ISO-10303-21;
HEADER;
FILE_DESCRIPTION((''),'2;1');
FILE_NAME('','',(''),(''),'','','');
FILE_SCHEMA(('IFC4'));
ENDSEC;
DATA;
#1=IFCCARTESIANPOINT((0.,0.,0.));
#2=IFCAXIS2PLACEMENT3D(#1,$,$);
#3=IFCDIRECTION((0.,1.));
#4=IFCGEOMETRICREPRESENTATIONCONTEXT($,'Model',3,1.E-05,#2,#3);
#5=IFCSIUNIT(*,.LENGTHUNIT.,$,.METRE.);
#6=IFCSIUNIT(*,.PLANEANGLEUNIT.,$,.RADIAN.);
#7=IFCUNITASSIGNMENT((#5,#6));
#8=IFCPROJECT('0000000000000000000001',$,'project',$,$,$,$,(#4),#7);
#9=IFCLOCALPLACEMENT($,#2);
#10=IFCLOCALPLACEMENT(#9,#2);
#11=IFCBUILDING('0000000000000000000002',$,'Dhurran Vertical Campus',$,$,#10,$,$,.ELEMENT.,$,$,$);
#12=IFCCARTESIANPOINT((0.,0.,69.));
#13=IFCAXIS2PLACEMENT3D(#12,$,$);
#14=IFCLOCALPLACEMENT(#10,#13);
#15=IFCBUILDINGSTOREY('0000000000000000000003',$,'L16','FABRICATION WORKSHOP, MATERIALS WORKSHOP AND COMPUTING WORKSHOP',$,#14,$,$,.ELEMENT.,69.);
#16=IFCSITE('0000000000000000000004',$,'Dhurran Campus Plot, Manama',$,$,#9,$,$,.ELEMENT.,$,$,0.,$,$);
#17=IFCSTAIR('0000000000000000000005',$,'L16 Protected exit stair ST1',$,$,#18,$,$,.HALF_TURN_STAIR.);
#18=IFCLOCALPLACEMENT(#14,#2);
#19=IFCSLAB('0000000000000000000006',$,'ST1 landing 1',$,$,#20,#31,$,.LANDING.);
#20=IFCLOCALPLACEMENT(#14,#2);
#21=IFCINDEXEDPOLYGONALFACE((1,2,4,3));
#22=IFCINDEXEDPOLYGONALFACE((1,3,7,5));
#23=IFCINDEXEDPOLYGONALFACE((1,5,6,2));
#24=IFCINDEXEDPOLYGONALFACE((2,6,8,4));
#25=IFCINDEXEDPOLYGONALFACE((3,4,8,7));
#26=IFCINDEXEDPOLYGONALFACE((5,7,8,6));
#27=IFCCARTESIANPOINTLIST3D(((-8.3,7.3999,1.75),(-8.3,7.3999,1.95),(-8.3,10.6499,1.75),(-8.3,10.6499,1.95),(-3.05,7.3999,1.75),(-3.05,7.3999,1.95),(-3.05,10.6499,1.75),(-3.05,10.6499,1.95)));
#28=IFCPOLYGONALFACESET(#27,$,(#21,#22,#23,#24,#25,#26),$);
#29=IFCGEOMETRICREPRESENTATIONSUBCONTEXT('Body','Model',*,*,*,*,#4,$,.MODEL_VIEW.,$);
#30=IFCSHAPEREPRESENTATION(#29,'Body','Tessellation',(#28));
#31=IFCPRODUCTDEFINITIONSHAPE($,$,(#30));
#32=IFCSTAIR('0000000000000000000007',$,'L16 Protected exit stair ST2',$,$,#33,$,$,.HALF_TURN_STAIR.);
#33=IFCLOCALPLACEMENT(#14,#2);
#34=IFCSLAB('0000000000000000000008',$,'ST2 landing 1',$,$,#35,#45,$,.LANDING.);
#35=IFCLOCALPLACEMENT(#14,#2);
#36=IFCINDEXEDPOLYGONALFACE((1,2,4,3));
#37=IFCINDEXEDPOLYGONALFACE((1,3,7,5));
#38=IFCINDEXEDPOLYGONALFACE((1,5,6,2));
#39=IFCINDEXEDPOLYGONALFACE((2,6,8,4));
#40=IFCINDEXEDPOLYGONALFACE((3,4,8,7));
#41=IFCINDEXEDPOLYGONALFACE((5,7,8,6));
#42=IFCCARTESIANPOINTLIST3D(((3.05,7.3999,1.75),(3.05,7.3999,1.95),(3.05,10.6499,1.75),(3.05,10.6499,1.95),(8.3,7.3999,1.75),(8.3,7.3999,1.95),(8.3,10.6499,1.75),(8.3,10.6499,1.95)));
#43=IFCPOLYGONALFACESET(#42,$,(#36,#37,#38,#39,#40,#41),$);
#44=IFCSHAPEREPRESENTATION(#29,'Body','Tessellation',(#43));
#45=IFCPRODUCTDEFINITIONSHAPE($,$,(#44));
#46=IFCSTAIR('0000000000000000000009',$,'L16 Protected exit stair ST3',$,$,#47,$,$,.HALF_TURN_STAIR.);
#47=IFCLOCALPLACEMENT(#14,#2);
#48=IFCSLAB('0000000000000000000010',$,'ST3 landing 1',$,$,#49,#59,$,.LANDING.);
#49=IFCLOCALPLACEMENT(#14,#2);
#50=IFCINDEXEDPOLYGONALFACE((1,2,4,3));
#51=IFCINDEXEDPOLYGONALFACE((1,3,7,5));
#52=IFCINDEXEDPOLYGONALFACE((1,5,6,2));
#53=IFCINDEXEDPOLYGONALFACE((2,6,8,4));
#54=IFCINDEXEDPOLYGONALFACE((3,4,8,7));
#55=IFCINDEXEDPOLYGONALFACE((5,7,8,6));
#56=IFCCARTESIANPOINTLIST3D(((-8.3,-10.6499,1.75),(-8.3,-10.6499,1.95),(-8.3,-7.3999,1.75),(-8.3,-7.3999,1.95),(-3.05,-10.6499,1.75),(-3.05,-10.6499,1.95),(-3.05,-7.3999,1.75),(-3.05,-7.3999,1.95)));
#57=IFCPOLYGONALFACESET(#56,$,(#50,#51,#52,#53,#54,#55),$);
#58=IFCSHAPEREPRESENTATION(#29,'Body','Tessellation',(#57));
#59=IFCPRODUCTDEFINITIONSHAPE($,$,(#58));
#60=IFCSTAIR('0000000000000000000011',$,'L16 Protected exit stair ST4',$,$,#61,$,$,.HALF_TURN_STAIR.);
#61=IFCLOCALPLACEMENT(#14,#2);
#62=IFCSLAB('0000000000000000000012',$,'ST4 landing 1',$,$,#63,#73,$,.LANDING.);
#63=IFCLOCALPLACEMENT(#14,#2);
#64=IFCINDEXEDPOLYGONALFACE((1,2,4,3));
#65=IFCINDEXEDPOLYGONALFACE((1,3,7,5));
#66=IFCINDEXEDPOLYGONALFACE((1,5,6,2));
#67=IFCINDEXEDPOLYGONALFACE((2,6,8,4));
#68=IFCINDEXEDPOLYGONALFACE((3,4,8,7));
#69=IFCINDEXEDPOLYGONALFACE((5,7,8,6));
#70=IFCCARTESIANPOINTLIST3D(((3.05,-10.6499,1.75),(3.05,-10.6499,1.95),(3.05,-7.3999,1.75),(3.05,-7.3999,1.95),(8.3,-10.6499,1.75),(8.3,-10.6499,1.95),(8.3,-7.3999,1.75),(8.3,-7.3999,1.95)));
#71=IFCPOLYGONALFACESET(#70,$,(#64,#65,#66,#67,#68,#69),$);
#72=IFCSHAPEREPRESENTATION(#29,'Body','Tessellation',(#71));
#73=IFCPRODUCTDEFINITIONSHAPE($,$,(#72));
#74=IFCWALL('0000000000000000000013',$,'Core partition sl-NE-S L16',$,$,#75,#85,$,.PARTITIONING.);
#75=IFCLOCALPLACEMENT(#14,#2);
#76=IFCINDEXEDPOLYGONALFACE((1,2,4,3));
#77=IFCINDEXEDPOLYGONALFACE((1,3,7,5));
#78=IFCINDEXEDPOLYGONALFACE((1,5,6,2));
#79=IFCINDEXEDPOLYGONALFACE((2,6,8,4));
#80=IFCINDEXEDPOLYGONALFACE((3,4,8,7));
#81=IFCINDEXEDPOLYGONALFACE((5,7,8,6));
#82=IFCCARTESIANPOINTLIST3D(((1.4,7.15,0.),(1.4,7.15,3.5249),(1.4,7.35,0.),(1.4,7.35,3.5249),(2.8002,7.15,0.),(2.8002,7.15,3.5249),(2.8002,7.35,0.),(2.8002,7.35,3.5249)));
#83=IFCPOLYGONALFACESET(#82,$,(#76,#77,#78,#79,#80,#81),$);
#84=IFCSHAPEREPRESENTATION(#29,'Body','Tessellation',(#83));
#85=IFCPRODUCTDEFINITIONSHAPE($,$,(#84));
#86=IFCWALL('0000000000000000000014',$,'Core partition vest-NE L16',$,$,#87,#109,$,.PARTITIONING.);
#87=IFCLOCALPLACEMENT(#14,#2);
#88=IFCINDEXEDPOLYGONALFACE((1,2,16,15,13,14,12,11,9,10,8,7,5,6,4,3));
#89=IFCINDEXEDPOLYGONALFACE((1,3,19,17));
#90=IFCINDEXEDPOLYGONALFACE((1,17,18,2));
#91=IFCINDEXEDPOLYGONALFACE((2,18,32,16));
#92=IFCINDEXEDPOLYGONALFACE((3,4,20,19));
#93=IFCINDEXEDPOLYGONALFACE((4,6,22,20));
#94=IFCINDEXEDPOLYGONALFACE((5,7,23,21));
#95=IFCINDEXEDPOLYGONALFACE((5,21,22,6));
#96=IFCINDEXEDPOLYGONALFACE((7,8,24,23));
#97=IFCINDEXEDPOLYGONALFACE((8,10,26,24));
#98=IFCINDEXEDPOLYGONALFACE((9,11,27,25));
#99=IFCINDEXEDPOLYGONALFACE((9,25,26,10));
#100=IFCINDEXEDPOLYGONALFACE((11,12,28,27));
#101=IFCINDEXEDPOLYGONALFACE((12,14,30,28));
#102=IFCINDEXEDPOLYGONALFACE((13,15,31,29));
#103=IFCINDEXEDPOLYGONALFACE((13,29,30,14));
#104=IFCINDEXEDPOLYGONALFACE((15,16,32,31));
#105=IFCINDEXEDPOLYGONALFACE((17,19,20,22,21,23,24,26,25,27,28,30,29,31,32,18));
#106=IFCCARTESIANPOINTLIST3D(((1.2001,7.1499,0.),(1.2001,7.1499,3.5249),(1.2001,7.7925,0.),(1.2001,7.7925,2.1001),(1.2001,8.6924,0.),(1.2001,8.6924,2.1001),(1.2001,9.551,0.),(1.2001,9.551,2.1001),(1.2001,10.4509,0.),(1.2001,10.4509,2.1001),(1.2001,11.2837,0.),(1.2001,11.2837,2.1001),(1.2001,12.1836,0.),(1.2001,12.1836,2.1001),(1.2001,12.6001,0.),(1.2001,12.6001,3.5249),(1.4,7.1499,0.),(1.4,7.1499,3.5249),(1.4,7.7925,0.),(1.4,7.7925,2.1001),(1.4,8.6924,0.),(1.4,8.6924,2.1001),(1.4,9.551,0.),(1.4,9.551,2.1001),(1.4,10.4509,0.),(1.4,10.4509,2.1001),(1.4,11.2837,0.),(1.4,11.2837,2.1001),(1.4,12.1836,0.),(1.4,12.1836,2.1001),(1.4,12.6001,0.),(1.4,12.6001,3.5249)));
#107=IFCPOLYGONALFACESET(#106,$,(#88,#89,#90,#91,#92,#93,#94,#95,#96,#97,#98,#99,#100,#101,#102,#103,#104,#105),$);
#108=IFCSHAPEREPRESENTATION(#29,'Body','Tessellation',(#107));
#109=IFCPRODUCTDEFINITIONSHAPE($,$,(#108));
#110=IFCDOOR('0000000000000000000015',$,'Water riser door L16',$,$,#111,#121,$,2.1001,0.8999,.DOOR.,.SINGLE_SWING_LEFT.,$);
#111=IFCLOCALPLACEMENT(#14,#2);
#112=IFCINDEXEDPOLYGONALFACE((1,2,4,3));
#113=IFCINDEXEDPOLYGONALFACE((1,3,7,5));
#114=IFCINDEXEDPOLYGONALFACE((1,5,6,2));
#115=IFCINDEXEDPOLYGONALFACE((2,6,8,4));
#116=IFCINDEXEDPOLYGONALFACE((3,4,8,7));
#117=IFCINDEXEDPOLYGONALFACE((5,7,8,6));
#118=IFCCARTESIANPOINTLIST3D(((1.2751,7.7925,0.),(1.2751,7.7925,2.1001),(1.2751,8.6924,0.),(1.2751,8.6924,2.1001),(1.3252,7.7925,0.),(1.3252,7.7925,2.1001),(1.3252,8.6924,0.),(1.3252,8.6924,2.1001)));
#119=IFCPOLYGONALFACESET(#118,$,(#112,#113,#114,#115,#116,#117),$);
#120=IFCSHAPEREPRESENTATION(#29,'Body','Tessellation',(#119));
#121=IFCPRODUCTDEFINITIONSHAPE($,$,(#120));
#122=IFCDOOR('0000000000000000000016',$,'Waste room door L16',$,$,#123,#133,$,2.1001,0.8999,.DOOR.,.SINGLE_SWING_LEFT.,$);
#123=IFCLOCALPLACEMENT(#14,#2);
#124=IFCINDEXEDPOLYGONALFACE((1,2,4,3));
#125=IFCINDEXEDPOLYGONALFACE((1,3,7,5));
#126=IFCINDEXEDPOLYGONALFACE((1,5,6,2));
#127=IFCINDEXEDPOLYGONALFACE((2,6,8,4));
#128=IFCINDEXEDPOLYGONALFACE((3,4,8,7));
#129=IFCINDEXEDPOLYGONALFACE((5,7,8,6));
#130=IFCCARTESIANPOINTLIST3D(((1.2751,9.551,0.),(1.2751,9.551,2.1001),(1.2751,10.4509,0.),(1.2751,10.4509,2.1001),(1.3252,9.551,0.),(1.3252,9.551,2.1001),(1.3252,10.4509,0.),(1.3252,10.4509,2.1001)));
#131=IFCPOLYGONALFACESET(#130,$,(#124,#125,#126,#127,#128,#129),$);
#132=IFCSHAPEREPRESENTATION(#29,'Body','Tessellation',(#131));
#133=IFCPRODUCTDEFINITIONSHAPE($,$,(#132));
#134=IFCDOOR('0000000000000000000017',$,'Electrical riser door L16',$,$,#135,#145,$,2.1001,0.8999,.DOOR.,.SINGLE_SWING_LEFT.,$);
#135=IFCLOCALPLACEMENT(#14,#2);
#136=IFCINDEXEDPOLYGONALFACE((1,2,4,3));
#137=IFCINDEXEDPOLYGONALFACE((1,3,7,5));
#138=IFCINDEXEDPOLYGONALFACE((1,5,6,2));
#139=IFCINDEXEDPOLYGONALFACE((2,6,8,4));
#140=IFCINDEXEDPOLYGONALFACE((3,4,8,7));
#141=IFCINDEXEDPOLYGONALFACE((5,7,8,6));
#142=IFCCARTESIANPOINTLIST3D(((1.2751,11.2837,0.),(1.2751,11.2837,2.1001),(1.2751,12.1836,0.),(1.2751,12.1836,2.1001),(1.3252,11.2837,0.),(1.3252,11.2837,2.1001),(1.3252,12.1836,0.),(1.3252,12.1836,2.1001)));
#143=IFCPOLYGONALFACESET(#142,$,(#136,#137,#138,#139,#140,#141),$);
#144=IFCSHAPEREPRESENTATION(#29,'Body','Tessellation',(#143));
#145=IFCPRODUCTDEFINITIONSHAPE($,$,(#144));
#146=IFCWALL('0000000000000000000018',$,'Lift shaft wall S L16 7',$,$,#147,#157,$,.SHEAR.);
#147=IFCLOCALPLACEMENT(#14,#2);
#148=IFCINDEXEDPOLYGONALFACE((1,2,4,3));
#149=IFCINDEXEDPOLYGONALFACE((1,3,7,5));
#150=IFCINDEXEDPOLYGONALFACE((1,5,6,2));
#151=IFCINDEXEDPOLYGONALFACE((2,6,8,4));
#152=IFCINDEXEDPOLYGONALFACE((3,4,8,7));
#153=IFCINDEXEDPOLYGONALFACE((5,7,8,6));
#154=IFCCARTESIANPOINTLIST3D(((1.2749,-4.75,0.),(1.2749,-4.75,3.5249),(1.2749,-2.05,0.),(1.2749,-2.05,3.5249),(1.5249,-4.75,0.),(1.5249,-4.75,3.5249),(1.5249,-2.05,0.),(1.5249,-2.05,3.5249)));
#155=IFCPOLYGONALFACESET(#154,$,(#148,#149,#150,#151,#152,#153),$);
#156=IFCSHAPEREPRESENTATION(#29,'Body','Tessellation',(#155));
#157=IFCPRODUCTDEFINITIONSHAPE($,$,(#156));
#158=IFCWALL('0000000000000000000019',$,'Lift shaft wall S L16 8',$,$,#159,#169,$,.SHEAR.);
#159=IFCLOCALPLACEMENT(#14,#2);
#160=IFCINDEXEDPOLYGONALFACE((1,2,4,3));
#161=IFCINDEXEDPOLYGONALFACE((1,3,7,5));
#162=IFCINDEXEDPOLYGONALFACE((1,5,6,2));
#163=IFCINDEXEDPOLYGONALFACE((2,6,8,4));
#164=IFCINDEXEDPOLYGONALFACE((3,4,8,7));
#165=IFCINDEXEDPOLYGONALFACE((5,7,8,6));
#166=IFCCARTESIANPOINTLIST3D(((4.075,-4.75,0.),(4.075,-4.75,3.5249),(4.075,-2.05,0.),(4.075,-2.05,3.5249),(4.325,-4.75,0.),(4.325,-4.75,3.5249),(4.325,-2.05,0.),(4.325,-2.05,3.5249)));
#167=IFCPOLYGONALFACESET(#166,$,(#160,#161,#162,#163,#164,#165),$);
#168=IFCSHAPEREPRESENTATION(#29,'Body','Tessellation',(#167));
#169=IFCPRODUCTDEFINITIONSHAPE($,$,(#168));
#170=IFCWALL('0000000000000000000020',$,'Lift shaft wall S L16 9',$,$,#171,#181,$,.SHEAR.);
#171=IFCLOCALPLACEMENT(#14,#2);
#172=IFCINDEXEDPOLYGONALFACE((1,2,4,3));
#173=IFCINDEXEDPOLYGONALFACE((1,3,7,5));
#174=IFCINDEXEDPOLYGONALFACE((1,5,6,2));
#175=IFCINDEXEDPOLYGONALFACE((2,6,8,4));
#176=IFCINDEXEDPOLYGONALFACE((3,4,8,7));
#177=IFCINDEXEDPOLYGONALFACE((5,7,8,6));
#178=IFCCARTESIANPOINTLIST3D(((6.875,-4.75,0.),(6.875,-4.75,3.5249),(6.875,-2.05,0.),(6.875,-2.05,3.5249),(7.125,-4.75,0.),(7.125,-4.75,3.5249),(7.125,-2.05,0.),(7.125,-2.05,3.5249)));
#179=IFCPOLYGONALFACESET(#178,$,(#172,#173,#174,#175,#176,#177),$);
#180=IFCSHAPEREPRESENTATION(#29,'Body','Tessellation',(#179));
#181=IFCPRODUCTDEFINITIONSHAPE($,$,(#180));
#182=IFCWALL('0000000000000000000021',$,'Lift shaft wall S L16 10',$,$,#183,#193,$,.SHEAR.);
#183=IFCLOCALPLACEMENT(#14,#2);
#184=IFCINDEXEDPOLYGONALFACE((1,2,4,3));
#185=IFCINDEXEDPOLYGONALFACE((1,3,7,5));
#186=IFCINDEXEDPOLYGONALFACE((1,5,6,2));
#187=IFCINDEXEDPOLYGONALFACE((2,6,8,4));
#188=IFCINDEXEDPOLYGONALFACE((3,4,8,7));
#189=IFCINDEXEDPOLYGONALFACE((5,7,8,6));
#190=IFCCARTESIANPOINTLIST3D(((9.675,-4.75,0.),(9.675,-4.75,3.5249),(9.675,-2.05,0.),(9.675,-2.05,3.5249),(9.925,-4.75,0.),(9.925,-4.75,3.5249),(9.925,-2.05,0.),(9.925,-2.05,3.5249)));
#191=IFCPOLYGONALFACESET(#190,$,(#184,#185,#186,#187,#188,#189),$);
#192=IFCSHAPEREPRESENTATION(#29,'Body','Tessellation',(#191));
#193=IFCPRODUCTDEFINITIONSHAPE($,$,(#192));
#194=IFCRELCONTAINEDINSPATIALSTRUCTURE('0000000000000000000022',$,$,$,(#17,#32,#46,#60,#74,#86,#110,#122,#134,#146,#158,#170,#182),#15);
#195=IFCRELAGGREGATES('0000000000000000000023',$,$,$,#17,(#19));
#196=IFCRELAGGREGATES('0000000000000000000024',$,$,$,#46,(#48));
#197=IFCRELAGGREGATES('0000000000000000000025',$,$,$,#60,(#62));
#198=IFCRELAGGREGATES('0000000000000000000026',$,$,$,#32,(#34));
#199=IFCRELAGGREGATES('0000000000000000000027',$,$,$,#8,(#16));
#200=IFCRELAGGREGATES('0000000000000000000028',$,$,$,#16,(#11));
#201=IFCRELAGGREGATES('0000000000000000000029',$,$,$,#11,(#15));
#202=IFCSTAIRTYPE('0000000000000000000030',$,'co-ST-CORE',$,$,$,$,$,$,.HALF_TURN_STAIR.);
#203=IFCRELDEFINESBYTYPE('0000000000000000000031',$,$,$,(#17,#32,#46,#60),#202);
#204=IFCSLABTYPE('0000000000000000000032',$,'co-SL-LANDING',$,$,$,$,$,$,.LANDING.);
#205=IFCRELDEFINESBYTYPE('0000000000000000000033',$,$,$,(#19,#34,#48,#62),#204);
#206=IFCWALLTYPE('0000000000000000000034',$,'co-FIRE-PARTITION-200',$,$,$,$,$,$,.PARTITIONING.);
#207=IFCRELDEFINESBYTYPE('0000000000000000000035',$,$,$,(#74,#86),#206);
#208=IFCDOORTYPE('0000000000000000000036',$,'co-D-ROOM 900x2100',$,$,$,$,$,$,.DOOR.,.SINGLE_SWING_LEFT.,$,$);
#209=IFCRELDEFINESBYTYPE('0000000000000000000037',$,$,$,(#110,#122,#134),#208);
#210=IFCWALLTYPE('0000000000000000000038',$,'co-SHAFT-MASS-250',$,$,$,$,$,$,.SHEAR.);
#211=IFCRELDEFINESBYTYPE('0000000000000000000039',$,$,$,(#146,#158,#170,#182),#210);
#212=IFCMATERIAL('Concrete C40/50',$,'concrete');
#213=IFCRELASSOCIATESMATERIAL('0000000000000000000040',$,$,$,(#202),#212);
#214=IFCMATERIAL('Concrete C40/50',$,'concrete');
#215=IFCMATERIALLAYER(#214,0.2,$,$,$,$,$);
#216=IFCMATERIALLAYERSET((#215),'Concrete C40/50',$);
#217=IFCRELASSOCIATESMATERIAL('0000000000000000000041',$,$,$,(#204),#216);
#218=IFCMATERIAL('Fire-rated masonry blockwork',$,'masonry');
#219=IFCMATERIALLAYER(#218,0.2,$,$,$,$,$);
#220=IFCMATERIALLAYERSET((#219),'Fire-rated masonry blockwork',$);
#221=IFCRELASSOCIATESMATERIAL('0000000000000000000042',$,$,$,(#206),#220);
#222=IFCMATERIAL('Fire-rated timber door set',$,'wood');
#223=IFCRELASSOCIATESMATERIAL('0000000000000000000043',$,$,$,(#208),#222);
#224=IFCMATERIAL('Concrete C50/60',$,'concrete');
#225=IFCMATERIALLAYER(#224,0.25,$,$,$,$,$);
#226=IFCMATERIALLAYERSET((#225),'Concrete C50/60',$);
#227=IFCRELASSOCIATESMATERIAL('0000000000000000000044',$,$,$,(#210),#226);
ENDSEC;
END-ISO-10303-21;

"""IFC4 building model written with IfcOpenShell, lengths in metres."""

from ifc_helpers import new_model, si_unit, direction, frame, frame_2d, origin, place, context, subcontext, project, spatial, polyline, rectangle, outline, extrude, material, layer, layer_set, type_object, element, fill, aggregate, save


model = new_model("IFC4")

# Units and contexts
model_context = context("Model", 3, precision=1e-05, world=origin(), true_north=direction((0.0, 1.0)))
body_context = subcontext(model_context, "Body", "Model", "MODEL_VIEW")
ifc_project = project(units=[si_unit("LENGTHUNIT", "METRE"), si_unit("PLANEANGLEUNIT", "RADIAN")], contexts=[model_context])

# Site, building, storey
site_placement = place(None, origin())
site = spatial("IfcSite", under=ifc_project, at=site_placement, Name="Dhurran Campus Plot, Manama", CompositionType="ELEMENT", RefElevation=0.0)
building_placement = place(site_placement, origin())
building = spatial("IfcBuilding", under=site, at=building_placement, Name="Dhurran Vertical Campus", CompositionType="ELEMENT")
storey_placement = place(building_placement, frame((0.0, 0.0, 69.0)))
storey = spatial("IfcBuildingStorey", under=building, at=storey_placement, Name="L16", Description="FABRICATION WORKSHOP, MATERIALS WORKSHOP AND COMPUTING WORKSHOP", CompositionType="ELEMENT", Elevation=69.0)

# Stairs, slabs
ifc_material_1 = material(Name="Concrete C40/50", Category="concrete")
stair_type = type_object("IfcStairType", Name="co-ST-CORE", PredefinedType="HALF_TURN_STAIR", material=ifc_material_1)
stair_1_placement = place(storey_placement, origin())
stair_1 = element("IfcStair", 1, at=stair_1_placement, inside=storey, type_object=stair_type, Name="L16 Protected exit stair ST1", PredefinedType="HALF_TURN_STAIR")
ifc_material_2 = material(Name="Concrete C40/50", Category="concrete")
ifc_layer_1 = layer(ifc_material_2, 0.2)
ifc_layer_set_1 = layer_set([ifc_layer_1], Name="Concrete C40/50")
slab_type = type_object("IfcSlabType", Name="co-SL-LANDING", PredefinedType="LANDING", material=ifc_layer_set_1)
slab_1_placement = place(storey_placement, frame((0.0, 0.0, 1.75)))
slab_1 = element("IfcSlab", 2, at=slab_1_placement, type_object=slab_type, Name="ST1 landing 1", PredefinedType="LANDING", context=body_context, shape_type="SweptSolid", body=[
    extrude(outline(polyline([(-8.3, 7.3999), (-3.05, 7.3999), (-3.05, 10.6499), (-8.3, 10.6499), (-8.3, 7.3999)])), origin(), (0.0, 0.0, 1.0), 0.2),
])
aggregate(stair_1, [slab_1])
stair_2_placement = place(storey_placement, origin())
stair_2 = element("IfcStair", 3, at=stair_2_placement, inside=storey, type_object=stair_type, Name="L16 Protected exit stair ST2", PredefinedType="HALF_TURN_STAIR")
slab_2_placement = place(storey_placement, frame((0.0, 0.0, 1.75)))
slab_2 = element("IfcSlab", 4, at=slab_2_placement, type_object=slab_type, Name="ST2 landing 1", PredefinedType="LANDING", context=body_context, shape_type="SweptSolid", body=[
    extrude(outline(polyline([(8.3, 10.6499), (3.05, 10.6499), (3.05, 7.3999), (8.3, 7.3999), (8.3, 10.6499)])), origin(), (0.0, 0.0, 1.0), 0.2),
])
stair_3_placement = place(storey_placement, origin())
stair_3 = element("IfcStair", 5, at=stair_3_placement, inside=storey, type_object=stair_type, Name="L16 Protected exit stair ST3", PredefinedType="HALF_TURN_STAIR")
slab_3_placement = place(storey_placement, frame((0.0, 0.0, 1.75)))
slab_3 = element("IfcSlab", 6, at=slab_3_placement, type_object=slab_type, Name="ST3 landing 1", PredefinedType="LANDING", context=body_context, shape_type="SweptSolid", body=[
    extrude(outline(polyline([(-8.3, -10.6499), (-3.05, -10.6499), (-3.05, -7.3999), (-8.3, -7.3999), (-8.3, -10.6499)])), origin(), (0.0, 0.0, 1.0), 0.2),
])
aggregate(stair_3, [slab_3])
stair_4_placement = place(storey_placement, origin())
stair_4 = element("IfcStair", 7, at=stair_4_placement, inside=storey, type_object=stair_type, Name="L16 Protected exit stair ST4", PredefinedType="HALF_TURN_STAIR")
slab_4_placement = place(storey_placement, frame((0.0, 0.0, 1.75)))
slab_4 = element("IfcSlab", 8, at=slab_4_placement, type_object=slab_type, Name="ST4 landing 1", PredefinedType="LANDING", context=body_context, shape_type="SweptSolid", body=[
    extrude(outline(polyline([(8.3, -7.3999), (3.05, -7.3999), (3.05, -10.6499), (8.3, -10.6499), (8.3, -7.3999)])), origin(), (0.0, 0.0, 1.0), 0.2),
])
aggregate(stair_4, [slab_4])

# Wall
ifc_material_3 = material(Name="Fire-rated masonry blockwork", Category="masonry")
ifc_layer_2 = layer(ifc_material_3, 0.2)
ifc_layer_set_2 = layer_set([ifc_layer_2], Name="Fire-rated masonry blockwork")
wall_type_1 = type_object("IfcWallType", Name="co-FIRE-PARTITION-200", PredefinedType="PARTITIONING", material=ifc_layer_set_2)
wall_1_placement = place(storey_placement, frame((1.3999, 7.25, 0.0), z_axis=(0.0, 0.0, 1.0), x_axis=(1.0, 0.0, 0.0)))
element("IfcWall", 9, at=wall_1_placement, inside=storey, type_object=wall_type_1, Name="Core partition sl-NE-S L16", PredefinedType="PARTITIONING", context=body_context, shape_type="SweptSolid", body=[
    extrude(rectangle(XDim=1.4001, YDim=0.2, at=frame_2d((0.7002, 0.0))), origin(), (0.0, 0.0, 1.0), 3.5249),
])

# Wall, openings, doors
wall_2_placement = place(storey_placement, frame((1.3, 7.1499, 0.0), z_axis=(0.0, 0.0, 1.0), x_axis=(0.0, 1.0, 0.0)))
wall_2 = element("IfcWall", 10, at=wall_2_placement, inside=storey, type_object=wall_type_1, Name="Core partition vest-NE L16", PredefinedType="PARTITIONING", context=body_context, shape_type="SweptSolid", body=[
    extrude(rectangle(XDim=5.4502, YDim=0.2, at=frame_2d((2.7251, 0.0))), origin(), (0.0, 0.0, 1.0), 3.5249),
])
opening_1_placement = place(wall_2_placement, frame((0.6426, 0.0, 0.0)))
opening_1 = element("IfcOpeningElement", 11, at=opening_1_placement, cuts=wall_2, PredefinedType="OPENING", context=body_context, shape_type="SweptSolid", body=[
    extrude(rectangle(XDim=0.8999, YDim=2.1001, at=frame_2d((0.45, 1.05))), frame((0.0, 0.1099, 0.0), z_axis=(0.0, -1.0, 0.0), x_axis=(1.0, 0.0, 0.0)), (0.0, 0.0, 1.0), 0.22),
])
opening_2_placement = place(wall_2_placement, frame((2.4011, 0.0, 0.0)))
opening_2 = element("IfcOpeningElement", 12, at=opening_2_placement, cuts=wall_2, PredefinedType="OPENING", context=body_context, shape_type="SweptSolid", body=[
    extrude(rectangle(XDim=0.8999, YDim=2.1001, at=frame_2d((0.45, 1.05))), frame((0.0, 0.1099, 0.0), z_axis=(0.0, -1.0, 0.0), x_axis=(1.0, 0.0, 0.0)), (0.0, 0.0, 1.0), 0.22),
])
opening_3_placement = place(wall_2_placement, frame((4.1338, 0.0, 0.0)))
opening_3 = element("IfcOpeningElement", 13, at=opening_3_placement, cuts=wall_2, PredefinedType="OPENING", context=body_context, shape_type="SweptSolid", body=[
    extrude(rectangle(XDim=0.8999, YDim=2.1001, at=frame_2d((0.45, 1.05))), frame((0.0, 0.1099, 0.0), z_axis=(0.0, -1.0, 0.0), x_axis=(1.0, 0.0, 0.0)), (0.0, 0.0, 1.0), 0.22),
])
ifc_material_4 = material(Name="Fire-rated timber door set", Category="wood")
door_type_1 = type_object("IfcDoorType", Name="co-D-ROOM 900x2100", OperationType="SINGLE_SWING_LEFT", PredefinedType="DOOR", material=ifc_material_4)
door_1_placement = place(opening_1_placement, origin())
door_1 = element("IfcDoor", 14, at=door_1_placement, inside=storey, type_object=door_type_1, Name="Water riser door L16", OperationType="SINGLE_SWING_LEFT", OverallHeight=2.1001, OverallWidth=0.8999, PredefinedType="DOOR", context=body_context, shape_type="SweptSolid", body=[
    extrude(rectangle(XDim=0.8999, YDim=2.1001, at=frame_2d((0.45, 1.05))), frame((0.0, 0.0249, 0.0), z_axis=(0.0, -1.0, 0.0), x_axis=(1.0, 0.0, 0.0)), (0.0, 0.0, 1.0), 0.05),
])
fill(opening_1, door_1)
door_2_placement = place(opening_2_placement, origin())
door_2 = element("IfcDoor", 15, at=door_2_placement, inside=storey, type_object=door_type_1, Name="Waste room door L16", OperationType="SINGLE_SWING_LEFT", OverallHeight=2.1001, OverallWidth=0.8999, PredefinedType="DOOR", context=body_context, shape_type="SweptSolid", body=[
    extrude(rectangle(XDim=0.8999, YDim=2.1001, at=frame_2d((0.45, 1.05))), frame((0.0, 0.0249, 0.0), z_axis=(0.0, -1.0, 0.0), x_axis=(1.0, 0.0, 0.0)), (0.0, 0.0, 1.0), 0.05),
])
fill(opening_2, door_2)
door_3_placement = place(opening_3_placement, origin())
door_3 = element("IfcDoor", 16, at=door_3_placement, inside=storey, type_object=door_type_1, Name="Electrical riser door L16", OperationType="SINGLE_SWING_LEFT", OverallHeight=2.1001, OverallWidth=0.8999, PredefinedType="DOOR", context=body_context, shape_type="SweptSolid", body=[
    extrude(rectangle(XDim=0.8999, YDim=2.1001, at=frame_2d((0.45, 1.05))), frame((0.0, 0.0249, 0.0), z_axis=(0.0, -1.0, 0.0), x_axis=(1.0, 0.0, 0.0)), (0.0, 0.0, 1.0), 0.05),
])
fill(opening_3, door_3)

# Walls
ifc_material_5 = material(Name="Concrete C50/60", Category="concrete")
ifc_layer_3 = layer(ifc_material_5, 0.25)
ifc_layer_set_3 = layer_set([ifc_layer_3], Name="Concrete C50/60")
wall_type_2 = type_object("IfcWallType", Name="co-SHAFT-MASS-250", PredefinedType="SHEAR", material=ifc_layer_set_3)
wall_3_placement = place(storey_placement, origin())
element("IfcWall", 17, at=wall_3_placement, inside=storey, type_object=wall_type_2, Name="Lift shaft wall S L16 7", PredefinedType="SHEAR", context=body_context, shape_type="SweptSolid", body=[
    extrude(outline(polyline([(1.2749, -4.75), (1.5249, -4.75), (1.5249, -2.05), (1.2749, -2.05), (1.2749, -4.75)])), origin(), (0.0, 0.0, 1.0), 3.5249),
])
wall_4_placement = place(storey_placement, origin())
element("IfcWall", 18, at=wall_4_placement, inside=storey, type_object=wall_type_2, Name="Lift shaft wall S L16 8", PredefinedType="SHEAR", context=body_context, shape_type="SweptSolid", body=[
    extrude(outline(polyline([(4.075, -4.75), (4.325, -4.75), (4.325, -2.05), (4.075, -2.05), (4.075, -4.75)])), origin(), (0.0, 0.0, 1.0), 3.5249),
])
wall_5_placement = place(storey_placement, origin())
element("IfcWall", 19, at=wall_5_placement, inside=storey, type_object=wall_type_2, Name="Lift shaft wall S L16 9", PredefinedType="SHEAR", context=body_context, shape_type="SweptSolid", body=[
    extrude(outline(polyline([(6.875, -4.75), (7.125, -4.75), (7.125, -2.05), (6.875, -2.05), (6.875, -4.75)])), origin(), (0.0, 0.0, 1.0), 3.5249),
])
wall_6_placement = place(storey_placement, origin())
element("IfcWall", 20, at=wall_6_placement, inside=storey, type_object=wall_type_2, Name="Lift shaft wall S L16 10", PredefinedType="SHEAR", context=body_context, shape_type="SweptSolid", body=[
    extrude(outline(polyline([(9.675, -4.75), (9.925, -4.75), (9.925, -2.05), (9.675, -2.05), (9.675, -4.75)])), origin(), (0.0, 0.0, 1.0), 3.5249),
])

aggregate(stair_2, [slab_2])

save(model, "model.ifc")
